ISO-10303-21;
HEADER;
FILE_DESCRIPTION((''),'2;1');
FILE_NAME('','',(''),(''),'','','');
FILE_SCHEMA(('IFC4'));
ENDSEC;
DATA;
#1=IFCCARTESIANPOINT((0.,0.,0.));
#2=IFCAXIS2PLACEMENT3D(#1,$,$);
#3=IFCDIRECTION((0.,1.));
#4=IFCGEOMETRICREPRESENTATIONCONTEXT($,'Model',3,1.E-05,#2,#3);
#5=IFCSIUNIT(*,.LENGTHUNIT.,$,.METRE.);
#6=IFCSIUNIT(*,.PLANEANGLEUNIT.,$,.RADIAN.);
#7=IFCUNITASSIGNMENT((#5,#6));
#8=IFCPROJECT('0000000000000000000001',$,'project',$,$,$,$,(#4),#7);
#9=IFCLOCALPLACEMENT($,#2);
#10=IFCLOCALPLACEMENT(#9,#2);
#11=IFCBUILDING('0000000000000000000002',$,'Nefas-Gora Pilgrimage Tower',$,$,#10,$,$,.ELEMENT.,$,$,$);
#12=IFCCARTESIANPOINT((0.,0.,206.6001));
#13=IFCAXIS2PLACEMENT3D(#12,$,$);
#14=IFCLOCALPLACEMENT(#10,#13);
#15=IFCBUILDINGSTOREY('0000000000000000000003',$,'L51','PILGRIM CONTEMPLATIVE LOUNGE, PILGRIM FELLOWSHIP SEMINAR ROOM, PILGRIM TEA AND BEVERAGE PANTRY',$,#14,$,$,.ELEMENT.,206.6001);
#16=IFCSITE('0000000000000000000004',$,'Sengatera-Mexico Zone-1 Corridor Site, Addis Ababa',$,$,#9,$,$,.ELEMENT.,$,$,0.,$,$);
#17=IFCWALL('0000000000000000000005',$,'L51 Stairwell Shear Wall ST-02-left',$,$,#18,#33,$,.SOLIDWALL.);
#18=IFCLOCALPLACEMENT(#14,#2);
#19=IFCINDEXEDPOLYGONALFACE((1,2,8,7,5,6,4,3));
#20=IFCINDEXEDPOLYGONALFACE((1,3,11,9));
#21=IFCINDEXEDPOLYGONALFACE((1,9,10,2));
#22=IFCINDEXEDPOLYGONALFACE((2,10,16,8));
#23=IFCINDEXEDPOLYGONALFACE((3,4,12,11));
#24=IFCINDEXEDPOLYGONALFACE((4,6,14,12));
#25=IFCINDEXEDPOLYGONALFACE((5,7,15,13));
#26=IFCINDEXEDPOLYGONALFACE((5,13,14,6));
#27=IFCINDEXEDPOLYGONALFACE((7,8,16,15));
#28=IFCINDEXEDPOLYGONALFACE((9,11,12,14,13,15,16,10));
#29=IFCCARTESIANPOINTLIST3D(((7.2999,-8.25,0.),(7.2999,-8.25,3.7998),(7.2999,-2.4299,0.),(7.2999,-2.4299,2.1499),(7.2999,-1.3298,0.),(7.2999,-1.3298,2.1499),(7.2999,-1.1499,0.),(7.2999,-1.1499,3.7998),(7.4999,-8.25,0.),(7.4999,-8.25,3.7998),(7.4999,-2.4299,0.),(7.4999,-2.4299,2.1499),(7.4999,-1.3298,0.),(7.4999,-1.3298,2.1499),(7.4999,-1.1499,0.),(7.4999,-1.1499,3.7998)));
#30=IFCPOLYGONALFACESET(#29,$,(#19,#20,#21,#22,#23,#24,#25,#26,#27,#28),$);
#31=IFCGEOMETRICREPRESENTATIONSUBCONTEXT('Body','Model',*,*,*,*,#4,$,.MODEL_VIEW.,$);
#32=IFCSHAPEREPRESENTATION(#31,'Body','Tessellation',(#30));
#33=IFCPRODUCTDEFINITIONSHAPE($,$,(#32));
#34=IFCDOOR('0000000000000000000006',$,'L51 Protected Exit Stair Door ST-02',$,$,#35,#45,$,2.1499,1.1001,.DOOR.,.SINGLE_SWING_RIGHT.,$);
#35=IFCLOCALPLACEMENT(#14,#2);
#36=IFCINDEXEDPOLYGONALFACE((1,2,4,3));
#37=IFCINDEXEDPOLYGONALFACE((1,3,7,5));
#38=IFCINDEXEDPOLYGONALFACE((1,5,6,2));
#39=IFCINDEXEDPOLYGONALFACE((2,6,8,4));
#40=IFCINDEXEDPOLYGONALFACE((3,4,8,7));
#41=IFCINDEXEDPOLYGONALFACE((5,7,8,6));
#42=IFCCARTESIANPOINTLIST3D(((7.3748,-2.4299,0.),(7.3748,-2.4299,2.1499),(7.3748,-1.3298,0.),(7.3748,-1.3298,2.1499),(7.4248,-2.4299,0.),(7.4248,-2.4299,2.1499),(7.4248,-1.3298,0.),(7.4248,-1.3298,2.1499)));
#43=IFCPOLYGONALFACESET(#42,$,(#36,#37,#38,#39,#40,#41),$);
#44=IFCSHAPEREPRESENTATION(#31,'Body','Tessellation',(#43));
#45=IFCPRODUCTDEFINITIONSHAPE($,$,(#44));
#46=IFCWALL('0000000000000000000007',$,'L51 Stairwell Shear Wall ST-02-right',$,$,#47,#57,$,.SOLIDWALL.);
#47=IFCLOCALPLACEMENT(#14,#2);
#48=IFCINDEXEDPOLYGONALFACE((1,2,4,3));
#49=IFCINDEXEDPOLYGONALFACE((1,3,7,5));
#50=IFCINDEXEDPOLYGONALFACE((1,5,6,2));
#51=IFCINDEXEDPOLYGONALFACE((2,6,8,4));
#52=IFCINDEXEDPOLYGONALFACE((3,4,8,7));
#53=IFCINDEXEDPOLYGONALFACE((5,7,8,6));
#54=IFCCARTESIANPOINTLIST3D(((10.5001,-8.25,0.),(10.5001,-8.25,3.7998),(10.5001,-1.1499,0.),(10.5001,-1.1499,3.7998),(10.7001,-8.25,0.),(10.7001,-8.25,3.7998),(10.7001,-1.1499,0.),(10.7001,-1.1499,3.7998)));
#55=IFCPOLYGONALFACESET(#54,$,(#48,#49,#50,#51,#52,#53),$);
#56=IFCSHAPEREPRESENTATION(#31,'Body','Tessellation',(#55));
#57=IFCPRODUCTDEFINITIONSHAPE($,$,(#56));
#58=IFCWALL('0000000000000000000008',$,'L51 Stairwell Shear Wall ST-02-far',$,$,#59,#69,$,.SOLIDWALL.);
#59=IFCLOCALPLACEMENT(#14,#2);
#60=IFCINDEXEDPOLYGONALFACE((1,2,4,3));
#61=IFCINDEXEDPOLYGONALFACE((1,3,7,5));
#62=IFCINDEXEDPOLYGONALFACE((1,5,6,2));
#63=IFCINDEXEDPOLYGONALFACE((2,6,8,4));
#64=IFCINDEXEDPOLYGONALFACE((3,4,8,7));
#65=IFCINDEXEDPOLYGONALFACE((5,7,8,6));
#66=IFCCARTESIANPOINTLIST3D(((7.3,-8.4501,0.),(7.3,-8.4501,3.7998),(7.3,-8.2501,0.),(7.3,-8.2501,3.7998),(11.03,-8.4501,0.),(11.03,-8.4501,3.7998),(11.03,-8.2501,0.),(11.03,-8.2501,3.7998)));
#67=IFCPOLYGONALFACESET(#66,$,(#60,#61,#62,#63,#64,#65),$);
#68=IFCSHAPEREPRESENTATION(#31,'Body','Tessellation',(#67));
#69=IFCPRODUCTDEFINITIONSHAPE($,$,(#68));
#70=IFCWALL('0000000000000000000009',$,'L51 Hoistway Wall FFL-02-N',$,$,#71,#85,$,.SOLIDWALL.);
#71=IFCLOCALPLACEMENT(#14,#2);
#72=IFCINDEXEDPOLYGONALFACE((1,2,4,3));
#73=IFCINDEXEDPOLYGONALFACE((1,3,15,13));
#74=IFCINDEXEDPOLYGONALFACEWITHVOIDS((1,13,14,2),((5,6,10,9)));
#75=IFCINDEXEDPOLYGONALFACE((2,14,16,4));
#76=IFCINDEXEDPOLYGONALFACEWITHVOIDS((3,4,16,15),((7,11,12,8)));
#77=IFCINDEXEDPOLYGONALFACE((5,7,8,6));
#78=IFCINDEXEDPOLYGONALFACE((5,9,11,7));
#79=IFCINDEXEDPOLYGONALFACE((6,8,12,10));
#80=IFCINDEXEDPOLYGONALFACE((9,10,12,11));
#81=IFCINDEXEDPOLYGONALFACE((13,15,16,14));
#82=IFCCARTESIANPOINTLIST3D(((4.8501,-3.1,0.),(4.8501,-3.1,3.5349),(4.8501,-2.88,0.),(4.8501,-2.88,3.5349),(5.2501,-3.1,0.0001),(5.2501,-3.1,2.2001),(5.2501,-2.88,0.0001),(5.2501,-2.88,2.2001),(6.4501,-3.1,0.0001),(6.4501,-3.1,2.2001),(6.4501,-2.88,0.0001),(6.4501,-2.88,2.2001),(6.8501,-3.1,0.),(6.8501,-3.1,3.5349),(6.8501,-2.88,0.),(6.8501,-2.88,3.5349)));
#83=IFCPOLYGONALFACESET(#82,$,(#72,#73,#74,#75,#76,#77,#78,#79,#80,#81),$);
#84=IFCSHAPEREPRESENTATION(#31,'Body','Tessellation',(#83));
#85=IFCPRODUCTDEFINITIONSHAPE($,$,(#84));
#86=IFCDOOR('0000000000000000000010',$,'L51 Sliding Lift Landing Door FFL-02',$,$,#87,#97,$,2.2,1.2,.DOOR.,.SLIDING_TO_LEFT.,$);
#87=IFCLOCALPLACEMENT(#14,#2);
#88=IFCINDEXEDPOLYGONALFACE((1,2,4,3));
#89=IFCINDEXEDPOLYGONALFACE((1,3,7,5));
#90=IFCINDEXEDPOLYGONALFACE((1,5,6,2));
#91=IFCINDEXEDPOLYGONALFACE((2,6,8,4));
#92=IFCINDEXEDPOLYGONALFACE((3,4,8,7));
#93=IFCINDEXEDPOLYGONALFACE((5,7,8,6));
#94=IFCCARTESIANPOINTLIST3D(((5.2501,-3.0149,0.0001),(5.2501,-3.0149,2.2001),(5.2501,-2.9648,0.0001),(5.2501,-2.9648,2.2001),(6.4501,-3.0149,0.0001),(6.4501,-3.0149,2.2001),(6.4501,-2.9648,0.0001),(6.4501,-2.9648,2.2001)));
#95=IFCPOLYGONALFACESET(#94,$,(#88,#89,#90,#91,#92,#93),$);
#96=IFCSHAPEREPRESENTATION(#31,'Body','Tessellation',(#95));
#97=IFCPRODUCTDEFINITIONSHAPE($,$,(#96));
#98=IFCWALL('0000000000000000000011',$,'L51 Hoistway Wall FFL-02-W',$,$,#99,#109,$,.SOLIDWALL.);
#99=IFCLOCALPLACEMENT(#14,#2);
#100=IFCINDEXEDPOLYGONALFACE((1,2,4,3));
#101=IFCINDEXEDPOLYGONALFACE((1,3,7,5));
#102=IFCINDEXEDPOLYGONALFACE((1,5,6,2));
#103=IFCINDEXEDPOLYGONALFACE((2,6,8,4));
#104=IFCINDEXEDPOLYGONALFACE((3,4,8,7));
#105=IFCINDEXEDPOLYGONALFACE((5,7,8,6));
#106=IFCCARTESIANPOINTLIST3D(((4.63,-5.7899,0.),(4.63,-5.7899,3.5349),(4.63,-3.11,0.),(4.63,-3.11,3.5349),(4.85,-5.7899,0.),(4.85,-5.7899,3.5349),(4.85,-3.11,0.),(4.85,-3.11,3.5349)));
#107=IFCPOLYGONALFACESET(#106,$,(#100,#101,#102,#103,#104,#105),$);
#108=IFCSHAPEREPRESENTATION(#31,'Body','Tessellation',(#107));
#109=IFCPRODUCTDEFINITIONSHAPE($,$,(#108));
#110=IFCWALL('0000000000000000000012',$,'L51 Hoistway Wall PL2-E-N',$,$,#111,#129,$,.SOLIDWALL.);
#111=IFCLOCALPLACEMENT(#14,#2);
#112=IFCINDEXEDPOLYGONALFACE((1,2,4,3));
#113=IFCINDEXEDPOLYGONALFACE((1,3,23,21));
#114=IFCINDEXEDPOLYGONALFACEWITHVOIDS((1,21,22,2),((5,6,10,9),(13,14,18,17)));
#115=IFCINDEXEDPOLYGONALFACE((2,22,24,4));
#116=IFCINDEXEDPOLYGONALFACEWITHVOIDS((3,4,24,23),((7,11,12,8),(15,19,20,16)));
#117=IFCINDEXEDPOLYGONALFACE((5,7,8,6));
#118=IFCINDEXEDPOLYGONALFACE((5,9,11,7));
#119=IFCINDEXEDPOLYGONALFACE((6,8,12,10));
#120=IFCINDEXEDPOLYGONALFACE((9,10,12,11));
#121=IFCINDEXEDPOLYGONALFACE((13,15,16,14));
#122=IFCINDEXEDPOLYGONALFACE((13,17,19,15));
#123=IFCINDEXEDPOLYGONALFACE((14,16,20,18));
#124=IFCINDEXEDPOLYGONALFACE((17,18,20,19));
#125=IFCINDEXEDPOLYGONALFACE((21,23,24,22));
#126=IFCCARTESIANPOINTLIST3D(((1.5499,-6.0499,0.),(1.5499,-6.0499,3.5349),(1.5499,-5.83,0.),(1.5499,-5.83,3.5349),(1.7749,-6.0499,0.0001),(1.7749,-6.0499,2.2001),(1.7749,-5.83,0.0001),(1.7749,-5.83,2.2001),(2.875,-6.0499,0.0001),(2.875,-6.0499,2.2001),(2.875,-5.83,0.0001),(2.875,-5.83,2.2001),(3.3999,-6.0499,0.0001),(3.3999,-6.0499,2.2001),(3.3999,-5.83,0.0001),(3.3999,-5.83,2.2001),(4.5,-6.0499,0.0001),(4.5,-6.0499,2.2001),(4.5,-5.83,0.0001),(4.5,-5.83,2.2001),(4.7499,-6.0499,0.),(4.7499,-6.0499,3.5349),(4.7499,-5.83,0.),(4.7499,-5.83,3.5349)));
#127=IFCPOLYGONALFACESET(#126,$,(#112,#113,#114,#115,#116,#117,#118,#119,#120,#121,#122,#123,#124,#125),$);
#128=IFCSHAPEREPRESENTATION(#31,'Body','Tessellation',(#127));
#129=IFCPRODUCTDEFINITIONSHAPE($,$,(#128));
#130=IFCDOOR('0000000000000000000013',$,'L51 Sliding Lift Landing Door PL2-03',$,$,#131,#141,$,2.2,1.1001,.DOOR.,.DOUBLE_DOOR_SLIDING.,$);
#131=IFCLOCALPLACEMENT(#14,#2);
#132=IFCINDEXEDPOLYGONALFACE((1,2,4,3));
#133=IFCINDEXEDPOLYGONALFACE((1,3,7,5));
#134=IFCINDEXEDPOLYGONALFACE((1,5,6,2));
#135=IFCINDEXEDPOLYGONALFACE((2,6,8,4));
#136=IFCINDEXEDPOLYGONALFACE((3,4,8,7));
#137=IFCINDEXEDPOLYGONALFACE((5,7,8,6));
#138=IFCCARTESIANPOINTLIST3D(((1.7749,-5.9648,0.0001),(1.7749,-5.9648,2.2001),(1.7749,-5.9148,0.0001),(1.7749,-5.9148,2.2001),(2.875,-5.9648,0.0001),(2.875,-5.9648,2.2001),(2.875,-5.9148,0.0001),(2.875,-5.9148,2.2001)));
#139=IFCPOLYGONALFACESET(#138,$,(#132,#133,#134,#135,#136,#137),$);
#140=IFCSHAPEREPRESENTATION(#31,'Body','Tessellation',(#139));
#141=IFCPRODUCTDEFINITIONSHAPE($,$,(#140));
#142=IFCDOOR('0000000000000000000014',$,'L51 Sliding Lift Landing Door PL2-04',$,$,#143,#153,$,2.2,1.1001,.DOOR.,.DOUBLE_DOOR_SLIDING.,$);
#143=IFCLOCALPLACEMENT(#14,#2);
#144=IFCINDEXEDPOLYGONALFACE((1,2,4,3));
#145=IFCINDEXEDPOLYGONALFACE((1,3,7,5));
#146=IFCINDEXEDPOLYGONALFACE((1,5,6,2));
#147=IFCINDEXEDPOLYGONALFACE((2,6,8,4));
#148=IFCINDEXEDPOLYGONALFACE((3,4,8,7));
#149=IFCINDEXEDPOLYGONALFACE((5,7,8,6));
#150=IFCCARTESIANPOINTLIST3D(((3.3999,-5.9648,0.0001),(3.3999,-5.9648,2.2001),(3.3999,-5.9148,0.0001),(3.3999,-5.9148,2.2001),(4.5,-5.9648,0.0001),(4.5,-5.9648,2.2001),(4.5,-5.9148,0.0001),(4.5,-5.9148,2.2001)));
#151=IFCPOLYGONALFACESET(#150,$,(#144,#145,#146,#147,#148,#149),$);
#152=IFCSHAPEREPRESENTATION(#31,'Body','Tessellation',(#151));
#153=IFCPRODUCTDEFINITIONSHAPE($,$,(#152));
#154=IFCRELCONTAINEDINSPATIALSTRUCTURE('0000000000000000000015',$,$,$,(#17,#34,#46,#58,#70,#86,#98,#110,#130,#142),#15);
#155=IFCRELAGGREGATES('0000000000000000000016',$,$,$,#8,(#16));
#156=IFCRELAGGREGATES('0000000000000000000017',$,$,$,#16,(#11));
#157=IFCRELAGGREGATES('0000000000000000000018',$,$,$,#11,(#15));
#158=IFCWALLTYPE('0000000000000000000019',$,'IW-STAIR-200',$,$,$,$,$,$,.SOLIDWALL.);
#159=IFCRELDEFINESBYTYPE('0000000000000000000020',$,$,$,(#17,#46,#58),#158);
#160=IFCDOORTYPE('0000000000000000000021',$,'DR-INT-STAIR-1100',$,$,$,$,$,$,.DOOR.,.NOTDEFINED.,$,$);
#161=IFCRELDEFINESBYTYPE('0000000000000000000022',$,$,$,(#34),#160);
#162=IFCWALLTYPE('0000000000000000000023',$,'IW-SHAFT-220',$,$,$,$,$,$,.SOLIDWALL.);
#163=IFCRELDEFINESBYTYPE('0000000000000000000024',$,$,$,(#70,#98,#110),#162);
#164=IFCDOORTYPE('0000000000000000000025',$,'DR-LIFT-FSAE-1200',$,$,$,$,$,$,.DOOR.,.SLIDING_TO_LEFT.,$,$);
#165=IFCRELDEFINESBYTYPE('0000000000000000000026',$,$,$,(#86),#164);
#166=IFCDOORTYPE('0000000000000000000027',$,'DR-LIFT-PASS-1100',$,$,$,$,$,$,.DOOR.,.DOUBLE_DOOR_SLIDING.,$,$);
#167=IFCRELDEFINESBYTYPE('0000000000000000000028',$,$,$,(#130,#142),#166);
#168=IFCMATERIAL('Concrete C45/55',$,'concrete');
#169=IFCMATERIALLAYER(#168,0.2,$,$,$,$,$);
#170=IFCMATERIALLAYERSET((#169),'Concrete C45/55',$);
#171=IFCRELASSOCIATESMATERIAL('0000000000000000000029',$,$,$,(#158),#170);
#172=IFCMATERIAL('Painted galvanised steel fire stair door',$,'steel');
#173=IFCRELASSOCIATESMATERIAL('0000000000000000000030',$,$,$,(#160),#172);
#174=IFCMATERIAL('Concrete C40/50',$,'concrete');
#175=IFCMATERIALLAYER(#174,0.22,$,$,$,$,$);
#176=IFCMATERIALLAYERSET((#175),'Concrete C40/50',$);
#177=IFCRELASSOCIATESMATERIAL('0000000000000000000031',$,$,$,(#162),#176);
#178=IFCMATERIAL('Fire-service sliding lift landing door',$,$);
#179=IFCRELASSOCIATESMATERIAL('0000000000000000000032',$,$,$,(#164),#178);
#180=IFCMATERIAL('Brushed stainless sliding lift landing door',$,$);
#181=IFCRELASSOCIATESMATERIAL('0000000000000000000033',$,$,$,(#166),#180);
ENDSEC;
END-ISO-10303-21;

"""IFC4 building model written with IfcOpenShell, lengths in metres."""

from ifc_helpers import new_model, si_unit, direction, frame, frame_2d, origin, place, context, subcontext, project, spatial, rectangle, extrude, source, transform, mapped, material, layer, layer_set, type_object, element, fill, save


model = new_model("IFC4")

# Units and contexts
model_context = context("Model", 3, precision=1e-05, world=origin(), true_north=direction((0.0, 1.0)))
body_context = subcontext(model_context, "Body", "Model", "MODEL_VIEW")
ifc_project = project(units=[si_unit("LENGTHUNIT", "METRE"), si_unit("PLANEANGLEUNIT", "RADIAN")], contexts=[model_context])

# Site, building, storey
site_placement = place(None, origin())
site = spatial("IfcSite", under=ifc_project, at=site_placement, Name="Sengatera-Mexico Zone-1 Corridor Site, Addis Ababa", CompositionType="ELEMENT", RefElevation=0.0)
building_placement = place(site_placement, origin())
building = spatial("IfcBuilding", under=site, at=building_placement, Name="Nefas-Gora Pilgrimage Tower", CompositionType="ELEMENT")
storey_placement = place(building_placement, frame((0.0, 0.0, 206.6001)))
storey = spatial("IfcBuildingStorey", under=building, at=storey_placement, Name="L51", Description="PILGRIM CONTEMPLATIVE LOUNGE, PILGRIM FELLOWSHIP SEMINAR ROOM, PILGRIM TEA AND BEVERAGE PANTRY", CompositionType="ELEMENT", Elevation=206.6001)

# Shared definitions
ifc_material_1 = material(Name="Concrete C45/55", Category="concrete")
ifc_material_2 = material(Name="Concrete C40/50", Category="concrete")

# Shared definitions
ifc_layer_1 = layer(ifc_material_1, 0.2)
ifc_layer_set_1 = layer_set([ifc_layer_1], Name="Concrete C45/55")
wall_type_1 = type_object("IfcWallType", Name="IW-STAIR-200", PredefinedType="SOLIDWALL", material=ifc_layer_set_1)

# Wall, opening, door
shared_shape_1 = source(origin(), body_context, "Body", "SweptSolid", [
    extrude(rectangle(XDim=7.1001, YDim=0.2, at=frame_2d((3.55, 0.0))), origin(), (0.0, 0.0, 1.0), 3.7998),
])
wall_1_placement = place(storey_placement, frame((7.3999, -1.1499, 0.0), z_axis=(0.0, 0.0, 1.0), x_axis=(0.0, -1.0, 0.0)))
wall_1 = element("IfcWall", 1, at=wall_1_placement, inside=storey, type_object=wall_type_1, Name="L51 Stairwell Shear Wall ST-02-left", PredefinedType="SOLIDWALL", context=body_context, shape_type="MappedRepresentation", body=[
    mapped(shared_shape_1, transform((0.0, 0.0, 0.0), x_axis=(1.0, 0.0, 0.0), y_axis=(0.0, 1.0, 0.0), z_axis=(0.0, 0.0, 1.0), scale=1.0)),
])
opening_1_placement = place(wall_1_placement, frame((0.1799, 0.0, 0.0)))
opening_1 = element("IfcOpeningElement", 2, at=opening_1_placement, cuts=wall_1, PredefinedType="OPENING", context=body_context, shape_type="SweptSolid", body=[
    extrude(rectangle(XDim=1.1001, YDim=2.1499, at=frame_2d((0.55, 1.075))), frame((0.0, 0.1099, 0.0), z_axis=(0.0, -1.0, 0.0), x_axis=(1.0, 0.0, 0.0)), (0.0, 0.0, 1.0), 0.22),
])
ifc_material_3 = material(Name="Painted galvanised steel fire stair door", Category="steel")
door_type_1 = type_object("IfcDoorType", Name="DR-INT-STAIR-1100", OperationType="NOTDEFINED", PredefinedType="DOOR", material=ifc_material_3)
shared_shape_2 = source(origin(), body_context, "Body", "SweptSolid", [
    extrude(rectangle(XDim=1.1001, YDim=2.1499, at=frame_2d((0.55, 1.075))), frame((0.0, 0.0249, 0.0), z_axis=(0.0, -1.0, 0.0), x_axis=(1.0, 0.0, 0.0)), (0.0, 0.0, 1.0), 0.05),
])
door_1_placement = place(opening_1_placement, origin())
door_1 = element("IfcDoor", 3, at=door_1_placement, inside=storey, type_object=door_type_1, Name="L51 Protected Exit Stair Door ST-02", OperationType="SINGLE_SWING_RIGHT", OverallHeight=2.1499, OverallWidth=1.1001, PredefinedType="DOOR", context=body_context, shape_type="MappedRepresentation", body=[
    mapped(shared_shape_2, transform((0.0, 0.0, 0.0), x_axis=(1.0, 0.0, 0.0), y_axis=(0.0, 1.0, 0.0), z_axis=(0.0, 0.0, 1.0), scale=1.0)),
])
fill(opening_1, door_1)

# Walls
wall_2_placement = place(storey_placement, frame((10.6001, -1.1499, 0.0), z_axis=(0.0, 0.0, 1.0), x_axis=(0.0, -1.0, 0.0)))
element("IfcWall", 4, at=wall_2_placement, inside=storey, type_object=wall_type_1, Name="L51 Stairwell Shear Wall ST-02-right", PredefinedType="SOLIDWALL", context=body_context, shape_type="MappedRepresentation", body=[
    mapped(shared_shape_1, transform((0.0, 0.0, 0.0), x_axis=(1.0, 0.0, 0.0), y_axis=(0.0, 1.0, 0.0), z_axis=(0.0, 0.0, 1.0), scale=1.0)),
])
shared_shape_3 = source(origin(), body_context, "Body", "SweptSolid", [
    extrude(rectangle(XDim=3.73, YDim=0.2, at=frame_2d((1.865, 0.0))), origin(), (0.0, 0.0, 1.0), 3.7998),
])
wall_3_placement = place(storey_placement, frame((7.3, -8.3501, 0.0), z_axis=(0.0, 0.0, 1.0), x_axis=(1.0, 0.0, 0.0)))
element("IfcWall", 5, at=wall_3_placement, inside=storey, type_object=wall_type_1, Name="L51 Stairwell Shear Wall ST-02-far", PredefinedType="SOLIDWALL", context=body_context, shape_type="MappedRepresentation", body=[
    mapped(shared_shape_3, transform((0.0, 0.0, 0.0), x_axis=(1.0, 0.0, 0.0), y_axis=(0.0, 1.0, 0.0), z_axis=(0.0, 0.0, 1.0), scale=1.0)),
])

# Wall, opening, door
ifc_layer_2 = layer(ifc_material_2, 0.22)
ifc_layer_set_2 = layer_set([ifc_layer_2], Name="Concrete C40/50")
wall_type_2 = type_object("IfcWallType", Name="IW-SHAFT-220", PredefinedType="SOLIDWALL", material=ifc_layer_set_2)
shared_shape_4 = source(origin(), body_context, "Body", "SweptSolid", [
    extrude(rectangle(XDim=2.0, YDim=0.22, at=frame_2d((1.0, 0.0))), origin(), (0.0, 0.0, 1.0), 3.5349),
])
wall_4_placement = place(storey_placement, frame((6.8501, -2.99, 0.0), z_axis=(0.0, 0.0, 1.0), x_axis=(-1.0, 0.0, 0.0)))
wall_4 = element("IfcWall", 6, at=wall_4_placement, inside=storey, type_object=wall_type_2, Name="L51 Hoistway Wall FFL-02-N", PredefinedType="SOLIDWALL", context=body_context, shape_type="MappedRepresentation", body=[
    mapped(shared_shape_4, transform((0.0, 0.0, 0.0), x_axis=(1.0, 0.0, 0.0), y_axis=(0.0, 1.0, 0.0), z_axis=(0.0, 0.0, 1.0), scale=1.0)),
])
opening_2_placement = place(wall_4_placement, frame((0.3999, 0.0, 0.0)))
opening_2 = element("IfcOpeningElement", 7, at=opening_2_placement, cuts=wall_4, PredefinedType="OPENING", context=body_context, shape_type="SweptSolid", body=[
    extrude(rectangle(XDim=1.2, YDim=2.2, at=frame_2d((0.6001, 1.1001))), frame((0.0, 0.1199, 0.0), z_axis=(0.0, -1.0, 0.0), x_axis=(1.0, 0.0, 0.0)), (0.0, 0.0, 1.0), 0.24),
])
ifc_material_4 = material(Name="Fire-service sliding lift landing door")
door_type_2 = type_object("IfcDoorType", Name="DR-LIFT-FSAE-1200", OperationType="SLIDING_TO_LEFT", PredefinedType="DOOR", material=ifc_material_4)
shared_shape_5 = source(origin(), body_context, "Body", "SweptSolid", [
    extrude(rectangle(XDim=1.2, YDim=2.2, at=frame_2d((0.6001, 1.1001))), frame((0.0, 0.0249, 0.0), z_axis=(0.0, -1.0, 0.0), x_axis=(1.0, 0.0, 0.0)), (0.0, 0.0, 1.0), 0.05),
])
door_2_placement = place(opening_2_placement, origin())
door_2 = element("IfcDoor", 8, at=door_2_placement, inside=storey, type_object=door_type_2, Name="L51 Sliding Lift Landing Door FFL-02", OperationType="SLIDING_TO_LEFT", OverallHeight=2.2, OverallWidth=1.2, PredefinedType="DOOR", context=body_context, shape_type="MappedRepresentation", body=[
    mapped(shared_shape_5, transform((0.0, 0.0, 0.0), x_axis=(1.0, 0.0, 0.0), y_axis=(0.0, 1.0, 0.0), z_axis=(0.0, 0.0, 1.0), scale=1.0)),
])
fill(opening_2, door_2)

# Wall
shared_shape_6 = source(origin(), body_context, "Body", "SweptSolid", [
    extrude(rectangle(XDim=2.6799, YDim=0.22, at=frame_2d((1.3398, 0.0))), origin(), (0.0, 0.0, 1.0), 3.5349),
])
wall_5_placement = place(storey_placement, frame((4.74, -3.1101, 0.0), z_axis=(0.0, 0.0, 1.0), x_axis=(0.0, -1.0, 0.0)))
element("IfcWall", 9, at=wall_5_placement, inside=storey, type_object=wall_type_2, Name="L51 Hoistway Wall FFL-02-W", PredefinedType="SOLIDWALL", context=body_context, shape_type="MappedRepresentation", body=[
    mapped(shared_shape_6, transform((0.0, 0.0, 0.0), x_axis=(1.0, 0.0, 0.0), y_axis=(0.0, 1.0, 0.0), z_axis=(0.0, 0.0, 1.0), scale=1.0)),
])

# Wall, openings, doors
shared_shape_7 = source(origin(), body_context, "Body", "SweptSolid", [
    extrude(rectangle(XDim=3.2, YDim=0.22, at=frame_2d((1.6001, 0.0))), origin(), (0.0, 0.0, 1.0), 3.5349),
])
wall_6_placement = place(storey_placement, frame((4.75, -5.9399, 0.0), z_axis=(0.0, 0.0, 1.0), x_axis=(-1.0, 0.0, 0.0)))
wall_6 = element("IfcWall", 10, at=wall_6_placement, inside=storey, type_object=wall_type_2, Name="L51 Hoistway Wall PL2-E-N", PredefinedType="SOLIDWALL", context=body_context, shape_type="MappedRepresentation", body=[
    mapped(shared_shape_7, transform((0.0, 0.0, 0.0), x_axis=(1.0, 0.0, 0.0), y_axis=(0.0, 1.0, 0.0), z_axis=(0.0, 0.0, 1.0), scale=1.0)),
])
opening_3_placement = place(wall_6_placement, frame((1.875, 0.0, 0.0)))
opening_3 = element("IfcOpeningElement", 11, at=opening_3_placement, cuts=wall_6, PredefinedType="OPENING", context=body_context, shape_type="SweptSolid", body=[
    extrude(rectangle(XDim=1.1001, YDim=2.2, at=frame_2d((0.55, 1.1001))), frame((0.0, 0.1199, 0.0), z_axis=(0.0, -1.0, 0.0), x_axis=(1.0, 0.0, 0.0)), (0.0, 0.0, 1.0), 0.24),
])
opening_4_placement = place(wall_6_placement, frame((0.25, 0.0, 0.0)))
opening_4 = element("IfcOpeningElement", 12, at=opening_4_placement, cuts=wall_6, PredefinedType="OPENING", context=body_context, shape_type="SweptSolid", body=[
    extrude(rectangle(XDim=1.1001, YDim=2.2, at=frame_2d((0.55, 1.1001))), frame((0.0, 0.1199, 0.0), z_axis=(0.0, -1.0, 0.0), x_axis=(1.0, 0.0, 0.0)), (0.0, 0.0, 1.0), 0.24),
])
ifc_material_5 = material(Name="Brushed stainless sliding lift landing door")
door_type_3 = type_object("IfcDoorType", Name="DR-LIFT-PASS-1100", OperationType="DOUBLE_DOOR_SLIDING", PredefinedType="DOOR", material=ifc_material_5)
shared_shape_8 = source(origin(), body_context, "Body", "SweptSolid", [
    extrude(rectangle(XDim=1.1001, YDim=2.2, at=frame_2d((0.55, 1.1001))), frame((0.0, 0.0249, 0.0), z_axis=(0.0, -1.0, 0.0), x_axis=(1.0, 0.0, 0.0)), (0.0, 0.0, 1.0), 0.05),
])
door_3_placement = place(opening_3_placement, origin())
door_3 = element("IfcDoor", 13, at=door_3_placement, inside=storey, type_object=door_type_3, Name="L51 Sliding Lift Landing Door PL2-03", OperationType="DOUBLE_DOOR_SLIDING", OverallHeight=2.2, OverallWidth=1.1001, PredefinedType="DOOR", context=body_context, shape_type="MappedRepresentation", body=[
    mapped(shared_shape_8, transform((0.0, 0.0, 0.0), x_axis=(1.0, 0.0, 0.0), y_axis=(0.0, 1.0, 0.0), z_axis=(0.0, 0.0, 1.0), scale=1.0)),
])
fill(opening_3, door_3)
door_4_placement = place(opening_4_placement, origin())
door_4 = element("IfcDoor", 14, at=door_4_placement, inside=storey, type_object=door_type_3, Name="L51 Sliding Lift Landing Door PL2-04", OperationType="DOUBLE_DOOR_SLIDING", OverallHeight=2.2, OverallWidth=1.1001, PredefinedType="DOOR", context=body_context, shape_type="MappedRepresentation", body=[
    mapped(shared_shape_8, transform((0.0, 0.0, 0.0), x_axis=(1.0, 0.0, 0.0), y_axis=(0.0, 1.0, 0.0), z_axis=(0.0, 0.0, 1.0), scale=1.0)),
])
fill(opening_4, door_4)

save(model, "model.ifc")
